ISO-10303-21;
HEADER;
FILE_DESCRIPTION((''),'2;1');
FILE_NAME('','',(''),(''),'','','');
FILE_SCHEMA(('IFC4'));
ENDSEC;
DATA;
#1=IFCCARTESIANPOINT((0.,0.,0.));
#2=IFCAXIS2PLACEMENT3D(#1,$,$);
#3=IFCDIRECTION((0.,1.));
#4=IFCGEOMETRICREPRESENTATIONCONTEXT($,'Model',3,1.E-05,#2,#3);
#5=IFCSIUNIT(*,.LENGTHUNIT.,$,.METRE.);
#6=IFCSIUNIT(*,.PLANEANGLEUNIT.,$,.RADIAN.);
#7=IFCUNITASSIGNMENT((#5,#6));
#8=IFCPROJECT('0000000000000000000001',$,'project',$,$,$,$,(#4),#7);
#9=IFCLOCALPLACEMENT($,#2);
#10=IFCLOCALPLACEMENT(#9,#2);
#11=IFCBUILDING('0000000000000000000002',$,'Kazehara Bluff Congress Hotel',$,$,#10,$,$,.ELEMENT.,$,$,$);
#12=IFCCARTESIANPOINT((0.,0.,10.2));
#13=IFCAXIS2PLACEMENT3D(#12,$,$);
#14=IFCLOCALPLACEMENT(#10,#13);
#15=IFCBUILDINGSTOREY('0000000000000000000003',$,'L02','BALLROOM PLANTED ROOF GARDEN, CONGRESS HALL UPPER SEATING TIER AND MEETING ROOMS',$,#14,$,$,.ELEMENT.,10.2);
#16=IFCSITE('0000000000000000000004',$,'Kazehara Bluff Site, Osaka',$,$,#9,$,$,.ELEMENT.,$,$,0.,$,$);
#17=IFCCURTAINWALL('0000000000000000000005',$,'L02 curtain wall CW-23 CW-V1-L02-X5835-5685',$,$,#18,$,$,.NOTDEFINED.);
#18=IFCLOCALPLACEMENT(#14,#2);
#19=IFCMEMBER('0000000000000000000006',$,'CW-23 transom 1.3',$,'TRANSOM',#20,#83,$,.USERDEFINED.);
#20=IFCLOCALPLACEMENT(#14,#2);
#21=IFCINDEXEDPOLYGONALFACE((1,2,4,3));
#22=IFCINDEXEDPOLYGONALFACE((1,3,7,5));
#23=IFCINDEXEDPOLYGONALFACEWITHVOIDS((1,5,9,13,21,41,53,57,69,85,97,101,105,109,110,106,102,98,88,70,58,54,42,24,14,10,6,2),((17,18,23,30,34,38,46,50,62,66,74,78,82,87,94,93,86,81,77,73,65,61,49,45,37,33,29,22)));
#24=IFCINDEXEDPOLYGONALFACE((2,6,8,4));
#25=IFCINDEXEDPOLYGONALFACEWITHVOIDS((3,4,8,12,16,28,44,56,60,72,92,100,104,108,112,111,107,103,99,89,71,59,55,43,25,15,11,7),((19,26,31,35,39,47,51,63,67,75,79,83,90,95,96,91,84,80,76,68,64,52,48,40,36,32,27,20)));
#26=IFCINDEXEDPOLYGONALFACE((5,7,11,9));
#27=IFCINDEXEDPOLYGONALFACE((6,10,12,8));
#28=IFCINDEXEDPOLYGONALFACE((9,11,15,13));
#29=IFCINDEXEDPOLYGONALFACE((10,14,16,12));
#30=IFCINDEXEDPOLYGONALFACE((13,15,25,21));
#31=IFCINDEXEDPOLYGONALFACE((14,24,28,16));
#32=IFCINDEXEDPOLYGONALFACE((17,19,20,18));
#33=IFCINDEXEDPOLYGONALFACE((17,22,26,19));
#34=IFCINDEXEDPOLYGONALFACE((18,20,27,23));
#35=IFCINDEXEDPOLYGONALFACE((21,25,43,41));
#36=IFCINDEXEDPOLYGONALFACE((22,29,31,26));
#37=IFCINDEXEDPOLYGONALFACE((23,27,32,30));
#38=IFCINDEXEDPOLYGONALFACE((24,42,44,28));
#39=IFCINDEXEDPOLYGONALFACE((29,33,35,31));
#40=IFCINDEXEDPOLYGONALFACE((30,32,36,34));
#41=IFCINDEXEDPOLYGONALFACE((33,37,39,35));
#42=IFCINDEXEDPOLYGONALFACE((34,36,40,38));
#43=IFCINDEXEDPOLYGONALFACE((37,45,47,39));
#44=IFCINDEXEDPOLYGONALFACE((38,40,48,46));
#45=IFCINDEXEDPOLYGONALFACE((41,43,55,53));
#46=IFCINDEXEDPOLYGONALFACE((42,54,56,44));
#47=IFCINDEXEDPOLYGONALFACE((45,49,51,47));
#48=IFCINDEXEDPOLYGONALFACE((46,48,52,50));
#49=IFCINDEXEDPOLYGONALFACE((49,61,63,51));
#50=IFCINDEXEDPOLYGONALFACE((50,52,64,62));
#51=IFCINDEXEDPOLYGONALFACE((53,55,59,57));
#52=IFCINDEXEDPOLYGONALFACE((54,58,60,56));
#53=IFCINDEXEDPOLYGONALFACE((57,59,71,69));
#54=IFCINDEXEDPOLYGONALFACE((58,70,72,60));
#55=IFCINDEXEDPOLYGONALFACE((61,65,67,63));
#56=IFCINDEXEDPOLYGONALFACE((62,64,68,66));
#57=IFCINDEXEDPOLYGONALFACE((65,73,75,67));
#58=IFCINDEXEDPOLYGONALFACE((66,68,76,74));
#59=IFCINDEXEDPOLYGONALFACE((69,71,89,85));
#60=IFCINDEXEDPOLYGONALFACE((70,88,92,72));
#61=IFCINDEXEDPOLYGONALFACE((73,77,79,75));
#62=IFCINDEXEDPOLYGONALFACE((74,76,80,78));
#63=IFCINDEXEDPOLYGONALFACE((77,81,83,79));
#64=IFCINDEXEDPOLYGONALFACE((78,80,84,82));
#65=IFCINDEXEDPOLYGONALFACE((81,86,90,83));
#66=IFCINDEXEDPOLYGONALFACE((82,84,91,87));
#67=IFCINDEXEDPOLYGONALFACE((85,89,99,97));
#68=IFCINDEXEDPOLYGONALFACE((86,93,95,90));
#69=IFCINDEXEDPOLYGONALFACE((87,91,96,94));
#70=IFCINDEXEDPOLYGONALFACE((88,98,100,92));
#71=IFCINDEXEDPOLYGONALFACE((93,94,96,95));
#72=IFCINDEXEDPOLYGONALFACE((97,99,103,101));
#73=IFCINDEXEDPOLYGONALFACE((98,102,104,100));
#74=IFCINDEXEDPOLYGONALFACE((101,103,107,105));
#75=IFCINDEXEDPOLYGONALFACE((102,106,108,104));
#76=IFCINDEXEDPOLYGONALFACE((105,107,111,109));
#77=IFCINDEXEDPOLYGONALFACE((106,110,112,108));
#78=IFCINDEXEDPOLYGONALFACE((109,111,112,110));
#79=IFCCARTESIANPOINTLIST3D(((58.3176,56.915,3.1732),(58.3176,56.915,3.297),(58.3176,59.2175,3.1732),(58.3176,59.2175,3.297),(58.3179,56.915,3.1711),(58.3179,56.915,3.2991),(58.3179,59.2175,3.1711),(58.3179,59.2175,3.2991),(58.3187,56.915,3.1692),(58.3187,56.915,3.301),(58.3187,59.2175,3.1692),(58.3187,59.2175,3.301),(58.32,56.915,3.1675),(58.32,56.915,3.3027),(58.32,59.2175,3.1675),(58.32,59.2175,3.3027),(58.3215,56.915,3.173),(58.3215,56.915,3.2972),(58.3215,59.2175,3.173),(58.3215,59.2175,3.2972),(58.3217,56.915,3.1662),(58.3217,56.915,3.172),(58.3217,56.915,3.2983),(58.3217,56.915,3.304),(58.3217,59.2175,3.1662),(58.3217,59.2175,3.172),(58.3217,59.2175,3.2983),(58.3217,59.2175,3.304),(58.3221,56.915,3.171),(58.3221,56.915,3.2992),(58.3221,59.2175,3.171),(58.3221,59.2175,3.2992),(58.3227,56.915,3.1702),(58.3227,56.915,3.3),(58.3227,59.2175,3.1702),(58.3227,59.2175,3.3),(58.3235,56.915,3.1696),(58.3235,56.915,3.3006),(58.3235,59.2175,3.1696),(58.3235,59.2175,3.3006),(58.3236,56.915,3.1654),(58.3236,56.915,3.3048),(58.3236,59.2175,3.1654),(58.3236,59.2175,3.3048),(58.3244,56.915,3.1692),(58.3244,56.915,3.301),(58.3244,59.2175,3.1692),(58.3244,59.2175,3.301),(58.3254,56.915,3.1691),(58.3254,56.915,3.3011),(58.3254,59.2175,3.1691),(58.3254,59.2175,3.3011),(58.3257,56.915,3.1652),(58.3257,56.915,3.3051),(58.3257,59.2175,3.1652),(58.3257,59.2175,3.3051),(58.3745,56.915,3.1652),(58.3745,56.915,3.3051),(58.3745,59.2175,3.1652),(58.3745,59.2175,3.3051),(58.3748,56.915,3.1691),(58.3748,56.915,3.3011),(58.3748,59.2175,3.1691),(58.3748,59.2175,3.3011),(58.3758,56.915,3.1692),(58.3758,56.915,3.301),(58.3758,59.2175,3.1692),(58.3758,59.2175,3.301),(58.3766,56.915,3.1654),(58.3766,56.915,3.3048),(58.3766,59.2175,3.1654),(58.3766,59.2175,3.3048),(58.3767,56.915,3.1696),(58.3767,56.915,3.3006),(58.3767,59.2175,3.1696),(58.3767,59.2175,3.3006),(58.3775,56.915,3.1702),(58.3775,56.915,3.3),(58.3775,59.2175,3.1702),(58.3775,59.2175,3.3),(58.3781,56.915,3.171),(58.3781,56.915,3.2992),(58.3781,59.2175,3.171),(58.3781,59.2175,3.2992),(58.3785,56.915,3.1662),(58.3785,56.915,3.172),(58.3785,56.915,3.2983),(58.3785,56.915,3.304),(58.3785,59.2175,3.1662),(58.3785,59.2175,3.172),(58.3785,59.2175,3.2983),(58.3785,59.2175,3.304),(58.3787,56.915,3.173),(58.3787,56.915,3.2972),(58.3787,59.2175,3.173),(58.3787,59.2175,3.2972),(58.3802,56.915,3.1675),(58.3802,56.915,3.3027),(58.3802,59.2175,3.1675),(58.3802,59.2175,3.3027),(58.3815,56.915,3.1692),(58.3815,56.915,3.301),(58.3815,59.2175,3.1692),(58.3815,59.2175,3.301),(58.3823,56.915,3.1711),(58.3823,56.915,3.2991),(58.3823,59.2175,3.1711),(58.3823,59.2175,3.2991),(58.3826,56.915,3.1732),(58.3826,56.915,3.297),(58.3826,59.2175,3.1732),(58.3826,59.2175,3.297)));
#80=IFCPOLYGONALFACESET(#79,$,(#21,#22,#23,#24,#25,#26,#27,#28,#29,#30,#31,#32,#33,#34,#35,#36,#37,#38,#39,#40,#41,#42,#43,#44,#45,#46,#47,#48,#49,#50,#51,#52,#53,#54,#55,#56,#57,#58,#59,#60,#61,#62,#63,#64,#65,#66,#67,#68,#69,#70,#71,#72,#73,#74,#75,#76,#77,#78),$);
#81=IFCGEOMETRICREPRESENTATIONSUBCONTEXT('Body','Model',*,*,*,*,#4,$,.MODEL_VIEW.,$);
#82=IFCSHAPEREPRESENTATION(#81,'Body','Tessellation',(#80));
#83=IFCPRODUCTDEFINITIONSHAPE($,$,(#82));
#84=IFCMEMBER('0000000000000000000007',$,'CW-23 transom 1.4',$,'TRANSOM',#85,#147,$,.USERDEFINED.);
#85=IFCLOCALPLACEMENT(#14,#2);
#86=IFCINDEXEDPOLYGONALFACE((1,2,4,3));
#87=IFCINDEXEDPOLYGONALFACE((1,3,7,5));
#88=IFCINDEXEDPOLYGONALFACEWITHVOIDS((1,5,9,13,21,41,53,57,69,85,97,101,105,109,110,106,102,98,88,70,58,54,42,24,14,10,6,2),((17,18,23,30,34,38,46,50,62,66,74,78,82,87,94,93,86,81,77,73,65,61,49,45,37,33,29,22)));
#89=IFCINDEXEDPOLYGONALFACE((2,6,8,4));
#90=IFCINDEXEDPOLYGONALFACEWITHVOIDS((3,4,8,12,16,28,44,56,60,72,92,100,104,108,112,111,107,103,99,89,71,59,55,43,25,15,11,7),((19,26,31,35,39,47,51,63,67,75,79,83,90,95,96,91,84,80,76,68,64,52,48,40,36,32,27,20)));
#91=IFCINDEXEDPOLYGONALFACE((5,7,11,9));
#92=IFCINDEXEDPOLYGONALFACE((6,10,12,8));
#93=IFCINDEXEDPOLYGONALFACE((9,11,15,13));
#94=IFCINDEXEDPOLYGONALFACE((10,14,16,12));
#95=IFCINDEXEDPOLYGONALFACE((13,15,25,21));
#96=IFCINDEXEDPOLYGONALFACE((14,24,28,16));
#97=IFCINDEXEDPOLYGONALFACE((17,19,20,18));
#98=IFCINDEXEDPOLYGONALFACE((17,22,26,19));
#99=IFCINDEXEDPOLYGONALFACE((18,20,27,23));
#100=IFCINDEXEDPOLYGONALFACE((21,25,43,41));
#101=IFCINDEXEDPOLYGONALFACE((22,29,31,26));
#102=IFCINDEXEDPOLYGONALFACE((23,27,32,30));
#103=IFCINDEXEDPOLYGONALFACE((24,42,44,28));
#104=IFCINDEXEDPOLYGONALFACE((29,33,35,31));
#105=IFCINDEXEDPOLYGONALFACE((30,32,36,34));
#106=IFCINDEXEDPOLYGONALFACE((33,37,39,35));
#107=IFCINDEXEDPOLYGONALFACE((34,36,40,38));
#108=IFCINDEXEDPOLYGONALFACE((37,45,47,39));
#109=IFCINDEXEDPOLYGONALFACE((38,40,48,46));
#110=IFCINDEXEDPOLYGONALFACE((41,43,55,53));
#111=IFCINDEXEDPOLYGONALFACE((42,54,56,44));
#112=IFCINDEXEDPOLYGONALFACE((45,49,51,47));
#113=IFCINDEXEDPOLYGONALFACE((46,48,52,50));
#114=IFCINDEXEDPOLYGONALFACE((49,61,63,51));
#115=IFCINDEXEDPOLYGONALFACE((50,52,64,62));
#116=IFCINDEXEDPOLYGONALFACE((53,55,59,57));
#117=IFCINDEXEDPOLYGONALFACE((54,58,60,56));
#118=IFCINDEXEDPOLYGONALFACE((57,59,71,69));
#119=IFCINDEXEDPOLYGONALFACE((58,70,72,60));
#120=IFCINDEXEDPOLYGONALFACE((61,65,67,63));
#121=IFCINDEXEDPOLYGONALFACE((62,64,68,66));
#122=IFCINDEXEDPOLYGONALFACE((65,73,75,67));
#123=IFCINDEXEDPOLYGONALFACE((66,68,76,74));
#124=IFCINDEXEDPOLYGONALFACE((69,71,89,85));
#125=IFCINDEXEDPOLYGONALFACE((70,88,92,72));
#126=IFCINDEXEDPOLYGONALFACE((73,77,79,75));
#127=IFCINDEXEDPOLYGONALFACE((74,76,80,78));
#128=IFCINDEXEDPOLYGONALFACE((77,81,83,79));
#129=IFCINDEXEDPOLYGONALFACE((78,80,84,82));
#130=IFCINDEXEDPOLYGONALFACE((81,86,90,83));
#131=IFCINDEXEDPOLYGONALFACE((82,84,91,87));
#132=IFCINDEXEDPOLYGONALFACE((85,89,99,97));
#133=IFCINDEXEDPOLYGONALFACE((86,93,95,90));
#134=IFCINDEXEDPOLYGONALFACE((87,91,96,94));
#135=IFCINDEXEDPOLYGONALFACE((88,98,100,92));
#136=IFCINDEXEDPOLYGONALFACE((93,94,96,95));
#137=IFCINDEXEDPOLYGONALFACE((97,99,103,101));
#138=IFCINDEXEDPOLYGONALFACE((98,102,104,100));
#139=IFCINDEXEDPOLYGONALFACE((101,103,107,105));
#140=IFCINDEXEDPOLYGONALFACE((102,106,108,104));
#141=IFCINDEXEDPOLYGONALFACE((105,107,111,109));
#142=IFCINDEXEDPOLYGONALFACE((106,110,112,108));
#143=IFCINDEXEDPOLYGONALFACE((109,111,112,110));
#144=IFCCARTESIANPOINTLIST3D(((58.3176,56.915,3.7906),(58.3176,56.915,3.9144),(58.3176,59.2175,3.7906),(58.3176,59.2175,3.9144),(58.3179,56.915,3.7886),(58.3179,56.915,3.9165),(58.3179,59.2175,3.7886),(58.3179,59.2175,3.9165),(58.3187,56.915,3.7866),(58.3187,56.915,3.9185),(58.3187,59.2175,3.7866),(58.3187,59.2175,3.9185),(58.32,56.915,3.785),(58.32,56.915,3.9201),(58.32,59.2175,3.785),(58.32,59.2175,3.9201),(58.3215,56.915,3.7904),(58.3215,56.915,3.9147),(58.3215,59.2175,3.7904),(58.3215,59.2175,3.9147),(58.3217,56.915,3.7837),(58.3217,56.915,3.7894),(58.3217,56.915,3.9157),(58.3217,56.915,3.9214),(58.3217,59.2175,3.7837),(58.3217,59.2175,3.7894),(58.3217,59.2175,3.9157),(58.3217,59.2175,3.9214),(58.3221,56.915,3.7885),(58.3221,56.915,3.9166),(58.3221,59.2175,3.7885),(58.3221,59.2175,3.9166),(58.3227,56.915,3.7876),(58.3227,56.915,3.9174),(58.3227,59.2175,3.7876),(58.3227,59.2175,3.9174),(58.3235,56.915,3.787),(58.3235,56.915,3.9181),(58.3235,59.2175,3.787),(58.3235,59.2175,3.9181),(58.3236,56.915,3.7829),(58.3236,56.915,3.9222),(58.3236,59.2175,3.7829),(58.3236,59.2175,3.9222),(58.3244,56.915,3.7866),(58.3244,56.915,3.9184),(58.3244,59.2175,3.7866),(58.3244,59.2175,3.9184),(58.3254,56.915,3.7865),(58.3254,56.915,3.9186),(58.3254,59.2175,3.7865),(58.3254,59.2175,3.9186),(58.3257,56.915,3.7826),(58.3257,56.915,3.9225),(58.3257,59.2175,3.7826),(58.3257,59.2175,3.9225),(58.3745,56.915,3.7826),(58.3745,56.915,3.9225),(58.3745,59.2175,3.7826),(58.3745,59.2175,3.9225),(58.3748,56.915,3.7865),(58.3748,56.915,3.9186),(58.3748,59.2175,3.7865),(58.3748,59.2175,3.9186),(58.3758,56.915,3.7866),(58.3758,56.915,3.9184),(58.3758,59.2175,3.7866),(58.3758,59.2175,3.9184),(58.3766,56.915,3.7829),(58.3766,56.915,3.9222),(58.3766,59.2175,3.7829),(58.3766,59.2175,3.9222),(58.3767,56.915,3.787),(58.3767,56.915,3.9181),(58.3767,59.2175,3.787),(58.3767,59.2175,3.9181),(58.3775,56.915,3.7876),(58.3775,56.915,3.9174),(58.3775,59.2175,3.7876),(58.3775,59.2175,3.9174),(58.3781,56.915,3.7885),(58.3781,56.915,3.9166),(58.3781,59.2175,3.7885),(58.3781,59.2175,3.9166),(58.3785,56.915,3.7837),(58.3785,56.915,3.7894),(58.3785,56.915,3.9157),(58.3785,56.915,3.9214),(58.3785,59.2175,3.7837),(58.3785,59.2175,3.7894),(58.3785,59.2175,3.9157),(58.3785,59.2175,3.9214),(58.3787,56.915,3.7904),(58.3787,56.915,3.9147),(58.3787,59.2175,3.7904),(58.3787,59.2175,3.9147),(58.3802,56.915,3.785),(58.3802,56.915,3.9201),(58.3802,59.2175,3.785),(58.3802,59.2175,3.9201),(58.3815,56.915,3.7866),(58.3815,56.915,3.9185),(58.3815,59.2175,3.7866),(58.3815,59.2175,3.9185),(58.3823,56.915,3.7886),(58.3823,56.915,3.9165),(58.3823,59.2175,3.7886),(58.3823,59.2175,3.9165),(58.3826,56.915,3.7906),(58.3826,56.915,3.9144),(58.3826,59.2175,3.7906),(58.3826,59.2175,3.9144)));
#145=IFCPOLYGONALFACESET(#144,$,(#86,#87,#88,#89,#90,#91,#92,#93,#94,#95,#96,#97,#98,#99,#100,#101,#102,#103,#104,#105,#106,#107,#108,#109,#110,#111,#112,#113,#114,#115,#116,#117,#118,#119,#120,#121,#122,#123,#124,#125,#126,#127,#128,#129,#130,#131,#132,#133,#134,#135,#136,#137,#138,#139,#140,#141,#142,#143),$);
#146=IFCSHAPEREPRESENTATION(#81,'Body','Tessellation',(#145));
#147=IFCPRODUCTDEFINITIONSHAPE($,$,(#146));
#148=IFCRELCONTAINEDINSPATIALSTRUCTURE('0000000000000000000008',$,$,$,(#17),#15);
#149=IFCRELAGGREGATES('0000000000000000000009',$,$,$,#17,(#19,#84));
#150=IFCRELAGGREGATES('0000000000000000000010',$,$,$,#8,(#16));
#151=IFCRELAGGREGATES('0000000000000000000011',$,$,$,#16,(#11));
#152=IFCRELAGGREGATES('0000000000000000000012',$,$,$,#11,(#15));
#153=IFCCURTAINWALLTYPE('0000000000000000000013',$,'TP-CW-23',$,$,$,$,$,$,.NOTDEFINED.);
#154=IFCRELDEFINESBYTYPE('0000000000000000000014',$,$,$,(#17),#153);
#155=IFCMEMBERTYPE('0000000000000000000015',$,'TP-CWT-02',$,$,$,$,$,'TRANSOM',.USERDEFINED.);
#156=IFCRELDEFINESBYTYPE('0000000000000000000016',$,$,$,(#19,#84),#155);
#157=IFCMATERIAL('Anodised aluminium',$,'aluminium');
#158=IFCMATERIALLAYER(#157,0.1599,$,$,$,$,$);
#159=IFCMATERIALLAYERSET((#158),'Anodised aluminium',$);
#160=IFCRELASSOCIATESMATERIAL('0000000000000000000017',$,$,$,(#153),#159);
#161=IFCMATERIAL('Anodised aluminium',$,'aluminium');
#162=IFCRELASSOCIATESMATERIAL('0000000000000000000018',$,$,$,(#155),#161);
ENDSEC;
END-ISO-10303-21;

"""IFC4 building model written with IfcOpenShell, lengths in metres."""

from ifc_helpers import new_model, si_unit, direction, frame, origin, origin_2d, place, context, subcontext, project, spatial, hollow_rectangle, extrude, material, layer, layer_set, material_profile, profile_set, type_object, element, aggregate, save


model = new_model("IFC4")

# Units and contexts
model_context = context("Model", 3, precision=1e-05, world=origin(), true_north=direction((0.0, 1.0)))
body_context = subcontext(model_context, "Body", "Model", "MODEL_VIEW")
ifc_project = project(units=[si_unit("LENGTHUNIT", "METRE"), si_unit("PLANEANGLEUNIT", "RADIAN")], contexts=[model_context])

# Site, building, storey
site_placement = place(None, origin())
site = spatial("IfcSite", under=ifc_project, at=site_placement, Name="Kazehara Bluff Site, Osaka", CompositionType="ELEMENT", RefElevation=0.0)
building_placement = place(site_placement, origin())
building = spatial("IfcBuilding", under=site, at=building_placement, Name="Kazehara Bluff Congress Hotel", CompositionType="ELEMENT")
storey_placement = place(building_placement, frame((0.0, 0.0, 10.2)))
storey = spatial("IfcBuildingStorey", under=building, at=storey_placement, Name="L02", Description="BALLROOM PLANTED ROOF GARDEN, CONGRESS HALL UPPER SEATING TIER AND MEETING ROOMS", CompositionType="ELEMENT", Elevation=10.2)

# Curtain wall, members
ifc_material_1 = material(Name="Anodised aluminium", Category="aluminium")
ifc_layer_1 = layer(ifc_material_1, 0.1599)
ifc_layer_set_1 = layer_set([ifc_layer_1], Name="Anodised aluminium")
curtain_wall_type = type_object("IfcCurtainWallType", Name="TP-CW-23", PredefinedType="NOTDEFINED", material=ifc_layer_set_1)
curtain_wall_placement = place(storey_placement, origin())
curtain_wall = element("IfcCurtainWall", 1, at=curtain_wall_placement, inside=storey, type_object=curtain_wall_type, Name="L02 curtain wall CW-23 CW-V1-L02-X5835-5685", PredefinedType="NOTDEFINED")
ifc_material_2 = material(Name="Anodised aluminium", Category="aluminium")
ifc_material_profile_1 = material_profile(ifc_material_2, hollow_rectangle(XDim=0.0649, YDim=0.1399, WallThickness=0.0039, InnerFilletRadius=0.0039, OuterFilletRadius=0.0081, at=origin_2d()))
ifc_profile_set_1 = profile_set([ifc_material_profile_1], Name="Anodised aluminium")
member_type_1 = type_object("IfcMemberType", Name="TP-CWT-02", ElementType="TRANSOM", PredefinedType="USERDEFINED", material=ifc_profile_set_1)
member_1_placement = place(storey_placement, frame((58.3501, 56.915, 3.2351), z_axis=(0.0, 1.0, 0.0), x_axis=(-1.0, 0.0, 0.0)))
member_1 = element("IfcMember", 2, at=member_1_placement, type_object=member_type_1, Name="CW-23 transom 1.3", ObjectType="TRANSOM", PredefinedType="USERDEFINED", context=body_context, shape_type="SweptSolid", body=[
    extrude(hollow_rectangle(XDim=0.0649, YDim=0.1399, WallThickness=0.0039, InnerFilletRadius=0.0039, OuterFilletRadius=0.0081, at=origin_2d()), origin(), (0.0, 0.0, 1.0), 2.3025),
])
member_2_placement = place(storey_placement, frame((58.3501, 56.915, 3.8525), z_axis=(0.0, 1.0, 0.0), x_axis=(-1.0, 0.0, 0.0)))
member_2 = element("IfcMember", 3, at=member_2_placement, type_object=member_type_1, Name="CW-23 transom 1.4", ObjectType="TRANSOM", PredefinedType="USERDEFINED", context=body_context, shape_type="SweptSolid", body=[
    extrude(hollow_rectangle(XDim=0.0649, YDim=0.1399, WallThickness=0.0039, InnerFilletRadius=0.0039, OuterFilletRadius=0.0081, at=origin_2d()), origin(), (0.0, 0.0, 1.0), 2.3025),
])

aggregate(curtain_wall, [member_1, member_2])

save(model, "model.ifc")
